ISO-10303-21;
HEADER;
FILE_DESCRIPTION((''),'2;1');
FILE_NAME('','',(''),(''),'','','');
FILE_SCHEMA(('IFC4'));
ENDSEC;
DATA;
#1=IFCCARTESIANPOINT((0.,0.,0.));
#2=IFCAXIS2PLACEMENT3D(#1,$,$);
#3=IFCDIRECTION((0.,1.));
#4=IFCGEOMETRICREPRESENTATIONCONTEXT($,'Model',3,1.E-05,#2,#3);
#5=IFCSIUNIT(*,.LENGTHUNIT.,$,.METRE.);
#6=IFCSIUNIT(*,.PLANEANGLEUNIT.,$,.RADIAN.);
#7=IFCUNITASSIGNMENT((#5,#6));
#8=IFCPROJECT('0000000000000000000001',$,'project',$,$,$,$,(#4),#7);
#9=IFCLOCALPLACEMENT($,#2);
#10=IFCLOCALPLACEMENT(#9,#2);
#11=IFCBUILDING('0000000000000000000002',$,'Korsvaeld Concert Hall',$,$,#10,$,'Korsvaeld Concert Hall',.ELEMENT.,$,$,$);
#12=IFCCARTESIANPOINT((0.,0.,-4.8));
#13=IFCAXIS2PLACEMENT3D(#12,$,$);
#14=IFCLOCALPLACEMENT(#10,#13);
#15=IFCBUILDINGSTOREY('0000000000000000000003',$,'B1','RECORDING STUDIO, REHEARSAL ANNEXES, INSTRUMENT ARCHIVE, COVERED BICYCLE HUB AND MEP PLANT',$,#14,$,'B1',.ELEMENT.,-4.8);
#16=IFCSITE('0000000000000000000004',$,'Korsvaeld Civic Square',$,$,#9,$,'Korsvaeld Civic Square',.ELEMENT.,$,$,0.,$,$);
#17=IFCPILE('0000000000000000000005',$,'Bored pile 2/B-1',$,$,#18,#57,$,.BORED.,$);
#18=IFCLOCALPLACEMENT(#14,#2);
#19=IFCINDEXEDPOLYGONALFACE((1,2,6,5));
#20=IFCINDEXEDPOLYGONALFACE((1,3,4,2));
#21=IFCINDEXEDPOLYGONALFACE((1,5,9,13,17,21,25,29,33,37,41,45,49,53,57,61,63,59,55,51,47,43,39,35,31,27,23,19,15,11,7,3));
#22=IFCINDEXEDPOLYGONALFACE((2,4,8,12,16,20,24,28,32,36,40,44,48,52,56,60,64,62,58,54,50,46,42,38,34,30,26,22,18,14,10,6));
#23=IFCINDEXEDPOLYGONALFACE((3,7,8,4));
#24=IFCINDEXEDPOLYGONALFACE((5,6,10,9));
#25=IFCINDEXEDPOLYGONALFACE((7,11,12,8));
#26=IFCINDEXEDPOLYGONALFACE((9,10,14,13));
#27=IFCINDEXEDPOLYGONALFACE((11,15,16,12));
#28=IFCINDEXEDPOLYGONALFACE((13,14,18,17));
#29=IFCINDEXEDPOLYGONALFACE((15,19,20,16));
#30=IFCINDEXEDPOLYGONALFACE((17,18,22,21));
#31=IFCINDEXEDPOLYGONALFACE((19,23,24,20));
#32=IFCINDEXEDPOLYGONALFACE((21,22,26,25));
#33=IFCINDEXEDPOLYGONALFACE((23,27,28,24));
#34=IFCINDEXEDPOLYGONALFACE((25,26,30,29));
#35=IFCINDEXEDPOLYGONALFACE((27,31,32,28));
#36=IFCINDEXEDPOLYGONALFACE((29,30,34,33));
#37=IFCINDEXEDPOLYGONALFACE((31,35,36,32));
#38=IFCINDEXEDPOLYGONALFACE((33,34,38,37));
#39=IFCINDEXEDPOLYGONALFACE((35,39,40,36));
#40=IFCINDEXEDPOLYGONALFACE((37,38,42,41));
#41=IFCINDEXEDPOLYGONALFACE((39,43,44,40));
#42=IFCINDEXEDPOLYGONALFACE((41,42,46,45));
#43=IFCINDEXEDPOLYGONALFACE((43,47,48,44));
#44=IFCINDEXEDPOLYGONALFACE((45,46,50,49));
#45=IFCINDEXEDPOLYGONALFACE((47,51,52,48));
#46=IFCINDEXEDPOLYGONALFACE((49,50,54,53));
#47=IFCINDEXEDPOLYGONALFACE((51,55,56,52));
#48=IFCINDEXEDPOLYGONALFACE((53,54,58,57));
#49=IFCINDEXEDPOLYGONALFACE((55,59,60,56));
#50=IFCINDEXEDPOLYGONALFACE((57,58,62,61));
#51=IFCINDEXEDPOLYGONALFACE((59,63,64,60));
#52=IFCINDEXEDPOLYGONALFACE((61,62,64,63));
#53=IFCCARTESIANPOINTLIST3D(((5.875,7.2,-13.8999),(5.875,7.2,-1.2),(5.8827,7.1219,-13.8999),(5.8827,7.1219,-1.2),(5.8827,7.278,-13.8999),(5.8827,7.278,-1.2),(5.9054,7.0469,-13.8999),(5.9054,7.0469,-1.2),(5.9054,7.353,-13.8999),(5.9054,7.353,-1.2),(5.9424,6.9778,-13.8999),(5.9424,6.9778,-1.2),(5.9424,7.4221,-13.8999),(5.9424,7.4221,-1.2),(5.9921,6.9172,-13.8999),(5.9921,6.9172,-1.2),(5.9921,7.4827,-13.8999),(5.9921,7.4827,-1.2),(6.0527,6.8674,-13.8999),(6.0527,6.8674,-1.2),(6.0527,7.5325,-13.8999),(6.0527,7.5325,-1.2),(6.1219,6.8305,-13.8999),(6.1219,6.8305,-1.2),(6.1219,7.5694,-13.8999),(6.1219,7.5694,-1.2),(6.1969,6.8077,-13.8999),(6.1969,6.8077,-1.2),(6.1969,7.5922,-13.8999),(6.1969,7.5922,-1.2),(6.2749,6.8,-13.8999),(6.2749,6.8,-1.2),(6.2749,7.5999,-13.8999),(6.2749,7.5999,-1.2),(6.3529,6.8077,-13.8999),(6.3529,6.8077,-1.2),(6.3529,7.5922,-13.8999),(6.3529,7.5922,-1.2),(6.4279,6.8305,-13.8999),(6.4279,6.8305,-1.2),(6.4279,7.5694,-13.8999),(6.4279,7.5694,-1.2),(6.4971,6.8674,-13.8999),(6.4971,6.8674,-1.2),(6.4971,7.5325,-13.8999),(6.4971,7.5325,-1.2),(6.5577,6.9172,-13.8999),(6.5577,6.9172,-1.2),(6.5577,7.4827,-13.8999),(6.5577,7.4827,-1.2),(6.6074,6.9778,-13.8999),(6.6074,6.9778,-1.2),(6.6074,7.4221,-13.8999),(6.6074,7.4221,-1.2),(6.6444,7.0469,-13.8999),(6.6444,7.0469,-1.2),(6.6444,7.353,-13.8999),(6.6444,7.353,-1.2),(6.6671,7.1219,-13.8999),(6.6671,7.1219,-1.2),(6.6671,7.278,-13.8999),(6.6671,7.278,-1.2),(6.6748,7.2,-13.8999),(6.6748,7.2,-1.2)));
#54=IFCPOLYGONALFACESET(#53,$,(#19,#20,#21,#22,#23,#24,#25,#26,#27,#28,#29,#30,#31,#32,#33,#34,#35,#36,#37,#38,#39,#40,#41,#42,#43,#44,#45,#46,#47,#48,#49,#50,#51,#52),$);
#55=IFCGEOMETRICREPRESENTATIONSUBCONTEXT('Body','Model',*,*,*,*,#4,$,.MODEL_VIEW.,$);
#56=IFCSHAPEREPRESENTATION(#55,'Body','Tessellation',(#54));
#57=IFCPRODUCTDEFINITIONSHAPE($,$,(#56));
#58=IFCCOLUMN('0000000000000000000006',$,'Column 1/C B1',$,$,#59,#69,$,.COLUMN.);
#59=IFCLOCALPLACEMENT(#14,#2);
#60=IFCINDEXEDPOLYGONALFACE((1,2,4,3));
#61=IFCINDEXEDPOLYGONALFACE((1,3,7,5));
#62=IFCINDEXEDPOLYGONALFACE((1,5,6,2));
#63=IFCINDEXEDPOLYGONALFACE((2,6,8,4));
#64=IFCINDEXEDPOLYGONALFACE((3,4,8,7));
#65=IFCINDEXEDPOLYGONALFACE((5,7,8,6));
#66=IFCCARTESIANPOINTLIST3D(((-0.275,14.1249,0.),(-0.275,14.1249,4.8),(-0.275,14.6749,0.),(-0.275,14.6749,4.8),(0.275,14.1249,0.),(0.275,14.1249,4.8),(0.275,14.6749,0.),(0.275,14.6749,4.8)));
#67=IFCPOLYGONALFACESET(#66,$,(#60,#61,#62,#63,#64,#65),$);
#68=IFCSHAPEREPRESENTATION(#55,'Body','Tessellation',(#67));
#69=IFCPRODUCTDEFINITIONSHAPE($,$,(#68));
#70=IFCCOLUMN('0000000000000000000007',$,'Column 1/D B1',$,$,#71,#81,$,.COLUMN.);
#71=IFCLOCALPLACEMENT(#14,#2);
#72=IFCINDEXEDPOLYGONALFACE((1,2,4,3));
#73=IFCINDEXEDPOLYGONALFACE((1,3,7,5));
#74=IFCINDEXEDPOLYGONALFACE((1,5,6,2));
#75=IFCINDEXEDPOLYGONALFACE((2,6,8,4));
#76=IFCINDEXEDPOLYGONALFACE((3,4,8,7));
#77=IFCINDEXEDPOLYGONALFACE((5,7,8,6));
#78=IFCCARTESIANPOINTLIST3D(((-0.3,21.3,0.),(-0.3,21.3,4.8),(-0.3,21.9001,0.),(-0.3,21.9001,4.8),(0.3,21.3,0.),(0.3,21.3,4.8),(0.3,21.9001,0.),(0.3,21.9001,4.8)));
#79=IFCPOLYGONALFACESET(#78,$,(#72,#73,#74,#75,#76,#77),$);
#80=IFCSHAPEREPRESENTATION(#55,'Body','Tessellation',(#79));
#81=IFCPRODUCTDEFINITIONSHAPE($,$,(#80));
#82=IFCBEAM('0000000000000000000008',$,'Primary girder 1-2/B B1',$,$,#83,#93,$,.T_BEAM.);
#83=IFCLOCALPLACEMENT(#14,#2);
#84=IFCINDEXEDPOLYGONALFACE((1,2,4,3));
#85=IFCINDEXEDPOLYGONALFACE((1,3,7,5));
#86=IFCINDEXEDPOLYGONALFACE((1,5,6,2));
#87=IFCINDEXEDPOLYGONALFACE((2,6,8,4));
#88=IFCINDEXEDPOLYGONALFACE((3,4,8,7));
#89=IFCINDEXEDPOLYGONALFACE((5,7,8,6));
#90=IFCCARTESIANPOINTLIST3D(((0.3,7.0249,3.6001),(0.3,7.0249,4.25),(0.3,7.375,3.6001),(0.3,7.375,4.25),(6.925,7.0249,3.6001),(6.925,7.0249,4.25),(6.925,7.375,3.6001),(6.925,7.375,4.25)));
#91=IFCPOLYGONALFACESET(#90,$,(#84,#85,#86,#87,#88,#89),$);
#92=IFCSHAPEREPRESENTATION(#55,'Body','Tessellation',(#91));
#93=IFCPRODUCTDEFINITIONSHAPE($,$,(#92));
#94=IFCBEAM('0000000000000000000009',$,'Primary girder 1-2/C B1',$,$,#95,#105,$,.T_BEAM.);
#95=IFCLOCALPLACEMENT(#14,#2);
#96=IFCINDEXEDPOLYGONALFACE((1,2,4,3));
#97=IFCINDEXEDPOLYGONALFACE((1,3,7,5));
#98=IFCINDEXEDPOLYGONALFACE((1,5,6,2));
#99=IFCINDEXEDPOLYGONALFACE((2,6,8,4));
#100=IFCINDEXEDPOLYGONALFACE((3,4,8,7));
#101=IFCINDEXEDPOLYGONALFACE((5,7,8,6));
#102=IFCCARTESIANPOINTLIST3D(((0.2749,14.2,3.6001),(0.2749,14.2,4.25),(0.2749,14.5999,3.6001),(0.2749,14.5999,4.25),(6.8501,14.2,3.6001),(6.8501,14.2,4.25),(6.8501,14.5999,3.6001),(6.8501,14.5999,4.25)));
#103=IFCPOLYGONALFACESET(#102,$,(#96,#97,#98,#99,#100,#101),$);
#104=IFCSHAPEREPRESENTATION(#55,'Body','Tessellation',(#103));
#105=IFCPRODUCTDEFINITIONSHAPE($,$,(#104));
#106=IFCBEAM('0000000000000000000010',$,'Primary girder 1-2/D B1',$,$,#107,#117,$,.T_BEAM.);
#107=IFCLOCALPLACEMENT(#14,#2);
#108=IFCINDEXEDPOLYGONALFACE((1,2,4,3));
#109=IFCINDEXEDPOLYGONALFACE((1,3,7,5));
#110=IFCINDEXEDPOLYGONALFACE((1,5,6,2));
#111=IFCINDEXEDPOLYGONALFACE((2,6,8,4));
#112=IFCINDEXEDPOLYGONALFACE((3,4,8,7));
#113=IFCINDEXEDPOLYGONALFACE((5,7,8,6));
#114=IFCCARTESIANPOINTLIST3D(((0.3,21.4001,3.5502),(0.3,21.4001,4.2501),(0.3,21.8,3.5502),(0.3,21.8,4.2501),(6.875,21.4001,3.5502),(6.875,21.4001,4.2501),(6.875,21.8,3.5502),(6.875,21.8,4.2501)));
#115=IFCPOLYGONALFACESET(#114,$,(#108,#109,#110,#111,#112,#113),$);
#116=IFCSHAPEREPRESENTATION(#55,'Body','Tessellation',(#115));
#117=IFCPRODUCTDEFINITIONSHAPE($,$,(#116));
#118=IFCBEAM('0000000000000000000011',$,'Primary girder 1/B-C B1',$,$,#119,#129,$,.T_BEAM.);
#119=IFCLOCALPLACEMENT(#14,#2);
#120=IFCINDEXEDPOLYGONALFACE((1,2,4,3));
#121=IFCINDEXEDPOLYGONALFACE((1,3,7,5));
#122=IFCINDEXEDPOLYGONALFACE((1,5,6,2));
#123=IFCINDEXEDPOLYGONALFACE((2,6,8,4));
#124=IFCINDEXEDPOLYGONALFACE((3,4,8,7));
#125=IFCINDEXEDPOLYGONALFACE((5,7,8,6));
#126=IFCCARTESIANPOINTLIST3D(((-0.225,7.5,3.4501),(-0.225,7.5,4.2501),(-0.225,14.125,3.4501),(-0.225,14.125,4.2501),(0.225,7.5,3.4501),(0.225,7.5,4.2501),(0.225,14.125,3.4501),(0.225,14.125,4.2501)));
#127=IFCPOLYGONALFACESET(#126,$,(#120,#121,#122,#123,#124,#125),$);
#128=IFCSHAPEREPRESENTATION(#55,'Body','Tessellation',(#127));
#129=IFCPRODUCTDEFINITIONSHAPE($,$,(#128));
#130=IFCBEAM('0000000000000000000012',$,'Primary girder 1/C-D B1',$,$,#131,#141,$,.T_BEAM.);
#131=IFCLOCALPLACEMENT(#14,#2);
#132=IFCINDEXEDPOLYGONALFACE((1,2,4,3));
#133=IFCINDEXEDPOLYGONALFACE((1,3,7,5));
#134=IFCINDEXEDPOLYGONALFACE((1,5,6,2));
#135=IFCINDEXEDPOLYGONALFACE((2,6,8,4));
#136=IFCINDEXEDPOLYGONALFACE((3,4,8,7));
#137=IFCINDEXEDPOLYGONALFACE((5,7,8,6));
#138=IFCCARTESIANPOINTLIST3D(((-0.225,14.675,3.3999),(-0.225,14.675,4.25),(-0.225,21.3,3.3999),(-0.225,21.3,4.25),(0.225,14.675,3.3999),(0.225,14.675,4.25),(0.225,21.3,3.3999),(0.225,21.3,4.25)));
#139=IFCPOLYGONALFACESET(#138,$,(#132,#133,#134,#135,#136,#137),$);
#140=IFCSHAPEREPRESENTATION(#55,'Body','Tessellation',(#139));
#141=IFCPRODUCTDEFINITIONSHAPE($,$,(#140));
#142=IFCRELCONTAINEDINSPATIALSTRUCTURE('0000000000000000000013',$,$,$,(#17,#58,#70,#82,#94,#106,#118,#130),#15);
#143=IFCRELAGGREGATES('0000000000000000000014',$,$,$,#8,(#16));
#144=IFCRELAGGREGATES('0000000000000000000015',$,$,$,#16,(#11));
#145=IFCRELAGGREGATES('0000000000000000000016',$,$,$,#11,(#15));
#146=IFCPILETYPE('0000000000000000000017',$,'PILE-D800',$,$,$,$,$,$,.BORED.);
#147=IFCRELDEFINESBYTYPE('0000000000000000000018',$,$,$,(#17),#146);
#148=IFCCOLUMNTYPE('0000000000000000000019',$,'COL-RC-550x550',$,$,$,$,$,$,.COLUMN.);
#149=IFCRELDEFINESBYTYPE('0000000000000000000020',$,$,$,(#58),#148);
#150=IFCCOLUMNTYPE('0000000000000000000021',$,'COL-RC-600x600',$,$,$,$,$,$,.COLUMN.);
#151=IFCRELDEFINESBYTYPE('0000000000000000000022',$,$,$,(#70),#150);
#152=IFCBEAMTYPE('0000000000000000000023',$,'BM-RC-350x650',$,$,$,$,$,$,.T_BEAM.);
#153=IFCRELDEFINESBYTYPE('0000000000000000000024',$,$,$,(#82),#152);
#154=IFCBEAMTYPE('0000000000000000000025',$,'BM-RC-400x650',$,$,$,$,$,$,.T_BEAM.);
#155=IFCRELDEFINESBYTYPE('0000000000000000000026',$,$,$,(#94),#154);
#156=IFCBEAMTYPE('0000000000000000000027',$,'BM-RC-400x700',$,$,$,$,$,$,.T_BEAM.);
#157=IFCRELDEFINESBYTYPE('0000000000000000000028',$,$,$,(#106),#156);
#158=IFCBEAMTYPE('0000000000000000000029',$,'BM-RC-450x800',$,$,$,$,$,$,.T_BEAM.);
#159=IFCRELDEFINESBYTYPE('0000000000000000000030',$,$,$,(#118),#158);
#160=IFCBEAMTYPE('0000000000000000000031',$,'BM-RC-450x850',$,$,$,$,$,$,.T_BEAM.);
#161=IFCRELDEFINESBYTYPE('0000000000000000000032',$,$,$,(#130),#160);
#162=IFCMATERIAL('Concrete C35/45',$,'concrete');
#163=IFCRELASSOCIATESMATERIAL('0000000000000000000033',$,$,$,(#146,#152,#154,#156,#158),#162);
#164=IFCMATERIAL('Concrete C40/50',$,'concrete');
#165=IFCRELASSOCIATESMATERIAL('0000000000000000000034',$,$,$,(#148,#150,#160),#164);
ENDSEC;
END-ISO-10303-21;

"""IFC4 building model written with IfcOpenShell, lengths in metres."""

from ifc_helpers import new_model, si_unit, direction, frame, origin, origin_2d, place, context, subcontext, project, spatial, rectangle, circle, extrude, material, material_profile, profile_set, type_object, element, save


model = new_model("IFC4")

# Units and contexts
model_context = context("Model", 3, precision=1e-05, world=origin(), true_north=direction((0.0, 1.0)))
body_context = subcontext(model_context, "Body", "Model", "MODEL_VIEW")
ifc_project = project(units=[si_unit("LENGTHUNIT", "METRE"), si_unit("PLANEANGLEUNIT", "RADIAN")], contexts=[model_context])

# Site, building, storey
site_placement = place(None, origin())
site = spatial("IfcSite", under=ifc_project, at=site_placement, Name="Korsvaeld Civic Square", LongName="Korsvaeld Civic Square", CompositionType="ELEMENT", RefElevation=0.0)
building_placement = place(site_placement, origin())
building = spatial("IfcBuilding", under=site, at=building_placement, Name="Korsvaeld Concert Hall", LongName="Korsvaeld Concert Hall", CompositionType="ELEMENT")
storey_placement = place(building_placement, frame((0.0, 0.0, -4.8)))
storey = spatial("IfcBuildingStorey", under=building, at=storey_placement, Name="B1", Description="RECORDING STUDIO, REHEARSAL ANNEXES, INSTRUMENT ARCHIVE, COVERED BICYCLE HUB AND MEP PLANT", LongName="B1", CompositionType="ELEMENT", Elevation=-4.8)

# Shared definitions
ifc_material_1 = material(Name="Concrete C35/45", Category="concrete")

# Pile
ifc_material_profile_1 = material_profile(ifc_material_1, circle(Radius=0.3999, at=origin_2d()), Name="BORED PILE D800")
ifc_profile_set_1 = profile_set([ifc_material_profile_1], Name="Concrete C35/45")
pile_type_1 = type_object("IfcPileType", Name="PILE-D800", PredefinedType="BORED", material=ifc_profile_set_1)
for number, where, z_axis, x_axis, name in (
    (1, (6.2749, 7.2, -1.2), (0.0, 0.0, -1.0), (1.0, 0.0, 0.0), "Bored pile 2/B-1"),
):
    element("IfcPile", number, at=place(storey_placement, frame(where, z_axis=z_axis, x_axis=x_axis)), inside=storey, type_object=pile_type_1, Name=name, PredefinedType="BORED", context=body_context, shape_type="SweptSolid", body=[
        extrude(circle(Radius=0.3999, at=origin_2d()), origin(), (0.0, 0.0, 1.0), 12.7),
    ])

# Columns
ifc_material_2 = material(Name="Concrete C40/50", Category="concrete")
ifc_material_profile_2 = material_profile(ifc_material_2, rectangle(XDim=0.55, YDim=0.55, at=origin_2d()), Name="RC 550x550")
ifc_profile_set_2 = profile_set([ifc_material_profile_2], Name="Concrete C40/50")
column_type_1 = type_object("IfcColumnType", Name="COL-RC-550x550", PredefinedType="COLUMN", material=ifc_profile_set_2)
column_1_placement = place(storey_placement, frame((0.0, 14.3999, 0.0), z_axis=(0.0, 0.0, 1.0), x_axis=(1.0, 0.0, 0.0)))
element("IfcColumn", 2, at=column_1_placement, inside=storey, type_object=column_type_1, Name="Column 1/C B1", PredefinedType="COLUMN", context=body_context, shape_type="SweptSolid", body=[
    extrude(rectangle(XDim=0.55, YDim=0.55, at=origin_2d()), origin(), (0.0, 0.0, 1.0), 4.8),
])
ifc_material_profile_3 = material_profile(ifc_material_2, rectangle(XDim=0.6001, YDim=0.6001, at=origin_2d()), Name="RC 600x600")
ifc_profile_set_3 = profile_set([ifc_material_profile_3], Name="Concrete C40/50")
column_type_2 = type_object("IfcColumnType", Name="COL-RC-600x600", PredefinedType="COLUMN", material=ifc_profile_set_3)
column_2_placement = place(storey_placement, frame((0.0, 21.6001, 0.0), z_axis=(0.0, 0.0, 1.0), x_axis=(1.0, 0.0, 0.0)))
element("IfcColumn", 3, at=column_2_placement, inside=storey, type_object=column_type_2, Name="Column 1/D B1", PredefinedType="COLUMN", context=body_context, shape_type="SweptSolid", body=[
    extrude(rectangle(XDim=0.6001, YDim=0.6001, at=origin_2d()), origin(), (0.0, 0.0, 1.0), 4.8),
])

# Beams
ifc_material_profile_4 = material_profile(ifc_material_1, rectangle(XDim=0.3501, YDim=0.6499, at=origin_2d()), Name="RC 350x650")
ifc_profile_set_4 = profile_set([ifc_material_profile_4], Name="Concrete C35/45")
beam_type_1 = type_object("IfcBeamType", Name="BM-RC-350x650", PredefinedType="T_BEAM", material=ifc_profile_set_4)
beam_1_placement = place(storey_placement, frame((0.3, 7.2, 3.925), z_axis=(1.0, 0.0, 0.0), x_axis=(0.0, 1.0, 0.0)))
element("IfcBeam", 4, at=beam_1_placement, inside=storey, type_object=beam_type_1, Name="Primary girder 1-2/B B1", PredefinedType="T_BEAM", context=body_context, shape_type="SweptSolid", body=[
    extrude(rectangle(XDim=0.3501, YDim=0.6499, at=origin_2d()), origin(), (0.0, 0.0, 1.0), 6.625),
])
ifc_material_profile_5 = material_profile(ifc_material_1, rectangle(XDim=0.3999, YDim=0.6499, at=origin_2d()), Name="RC 400x650")
ifc_profile_set_5 = profile_set([ifc_material_profile_5], Name="Concrete C35/45")
beam_type_2 = type_object("IfcBeamType", Name="BM-RC-400x650", PredefinedType="T_BEAM", material=ifc_profile_set_5)
beam_2_placement = place(storey_placement, frame((0.2749, 14.3999, 3.925), z_axis=(1.0, 0.0, 0.0), x_axis=(0.0, 1.0, 0.0)))
element("IfcBeam", 5, at=beam_2_placement, inside=storey, type_object=beam_type_2, Name="Primary girder 1-2/C B1", PredefinedType="T_BEAM", context=body_context, shape_type="SweptSolid", body=[
    extrude(rectangle(XDim=0.3999, YDim=0.6499, at=origin_2d()), origin(), (0.0, 0.0, 1.0), 6.5752),
])
ifc_material_profile_6 = material_profile(ifc_material_1, rectangle(XDim=0.3999, YDim=0.7, at=origin_2d()), Name="RC 400x700")
ifc_profile_set_6 = profile_set([ifc_material_profile_6], Name="Concrete C35/45")
beam_type_3 = type_object("IfcBeamType", Name="BM-RC-400x700", PredefinedType="T_BEAM", material=ifc_profile_set_6)
beam_3_placement = place(storey_placement, frame((0.3, 21.6001, 3.9001), z_axis=(1.0, 0.0, 0.0), x_axis=(0.0, 1.0, 0.0)))
element("IfcBeam", 6, at=beam_3_placement, inside=storey, type_object=beam_type_3, Name="Primary girder 1-2/D B1", PredefinedType="T_BEAM", context=body_context, shape_type="SweptSolid", body=[
    extrude(rectangle(XDim=0.3999, YDim=0.7, at=origin_2d()), origin(), (0.0, 0.0, 1.0), 6.575),
])
ifc_material_profile_7 = material_profile(ifc_material_1, rectangle(XDim=0.45, YDim=0.8, at=origin_2d()), Name="RC 450x800")
ifc_profile_set_7 = profile_set([ifc_material_profile_7], Name="Concrete C35/45")
beam_type_4 = type_object("IfcBeamType", Name="BM-RC-450x800", PredefinedType="T_BEAM", material=ifc_profile_set_7)
beam_4_placement = place(storey_placement, frame((0.0, 7.5, 3.8501), z_axis=(0.0, 1.0, 0.0), x_axis=(-1.0, 0.0, 0.0)))
element("IfcBeam", 7, at=beam_4_placement, inside=storey, type_object=beam_type_4, Name="Primary girder 1/B-C B1", PredefinedType="T_BEAM", context=body_context, shape_type="SweptSolid", body=[
    extrude(rectangle(XDim=0.45, YDim=0.8, at=origin_2d()), origin(), (0.0, 0.0, 1.0), 6.625),
])
ifc_material_profile_8 = material_profile(ifc_material_2, rectangle(XDim=0.45, YDim=0.8501, at=origin_2d()), Name="RC 450x850")
ifc_profile_set_8 = profile_set([ifc_material_profile_8], Name="Concrete C40/50")
beam_type_5 = type_object("IfcBeamType", Name="BM-RC-450x850", PredefinedType="T_BEAM", material=ifc_profile_set_8)
beam_5_placement = place(storey_placement, frame((0.0, 14.675, 3.825), z_axis=(0.0, 1.0, 0.0), x_axis=(-1.0, 0.0, 0.0)))
element("IfcBeam", 8, at=beam_5_placement, inside=storey, type_object=beam_type_5, Name="Primary girder 1/C-D B1", PredefinedType="T_BEAM", context=body_context, shape_type="SweptSolid", body=[
    extrude(rectangle(XDim=0.45, YDim=0.8501, at=origin_2d()), origin(), (0.0, 0.0, 1.0), 6.625),
])

save(model, "model.ifc")
